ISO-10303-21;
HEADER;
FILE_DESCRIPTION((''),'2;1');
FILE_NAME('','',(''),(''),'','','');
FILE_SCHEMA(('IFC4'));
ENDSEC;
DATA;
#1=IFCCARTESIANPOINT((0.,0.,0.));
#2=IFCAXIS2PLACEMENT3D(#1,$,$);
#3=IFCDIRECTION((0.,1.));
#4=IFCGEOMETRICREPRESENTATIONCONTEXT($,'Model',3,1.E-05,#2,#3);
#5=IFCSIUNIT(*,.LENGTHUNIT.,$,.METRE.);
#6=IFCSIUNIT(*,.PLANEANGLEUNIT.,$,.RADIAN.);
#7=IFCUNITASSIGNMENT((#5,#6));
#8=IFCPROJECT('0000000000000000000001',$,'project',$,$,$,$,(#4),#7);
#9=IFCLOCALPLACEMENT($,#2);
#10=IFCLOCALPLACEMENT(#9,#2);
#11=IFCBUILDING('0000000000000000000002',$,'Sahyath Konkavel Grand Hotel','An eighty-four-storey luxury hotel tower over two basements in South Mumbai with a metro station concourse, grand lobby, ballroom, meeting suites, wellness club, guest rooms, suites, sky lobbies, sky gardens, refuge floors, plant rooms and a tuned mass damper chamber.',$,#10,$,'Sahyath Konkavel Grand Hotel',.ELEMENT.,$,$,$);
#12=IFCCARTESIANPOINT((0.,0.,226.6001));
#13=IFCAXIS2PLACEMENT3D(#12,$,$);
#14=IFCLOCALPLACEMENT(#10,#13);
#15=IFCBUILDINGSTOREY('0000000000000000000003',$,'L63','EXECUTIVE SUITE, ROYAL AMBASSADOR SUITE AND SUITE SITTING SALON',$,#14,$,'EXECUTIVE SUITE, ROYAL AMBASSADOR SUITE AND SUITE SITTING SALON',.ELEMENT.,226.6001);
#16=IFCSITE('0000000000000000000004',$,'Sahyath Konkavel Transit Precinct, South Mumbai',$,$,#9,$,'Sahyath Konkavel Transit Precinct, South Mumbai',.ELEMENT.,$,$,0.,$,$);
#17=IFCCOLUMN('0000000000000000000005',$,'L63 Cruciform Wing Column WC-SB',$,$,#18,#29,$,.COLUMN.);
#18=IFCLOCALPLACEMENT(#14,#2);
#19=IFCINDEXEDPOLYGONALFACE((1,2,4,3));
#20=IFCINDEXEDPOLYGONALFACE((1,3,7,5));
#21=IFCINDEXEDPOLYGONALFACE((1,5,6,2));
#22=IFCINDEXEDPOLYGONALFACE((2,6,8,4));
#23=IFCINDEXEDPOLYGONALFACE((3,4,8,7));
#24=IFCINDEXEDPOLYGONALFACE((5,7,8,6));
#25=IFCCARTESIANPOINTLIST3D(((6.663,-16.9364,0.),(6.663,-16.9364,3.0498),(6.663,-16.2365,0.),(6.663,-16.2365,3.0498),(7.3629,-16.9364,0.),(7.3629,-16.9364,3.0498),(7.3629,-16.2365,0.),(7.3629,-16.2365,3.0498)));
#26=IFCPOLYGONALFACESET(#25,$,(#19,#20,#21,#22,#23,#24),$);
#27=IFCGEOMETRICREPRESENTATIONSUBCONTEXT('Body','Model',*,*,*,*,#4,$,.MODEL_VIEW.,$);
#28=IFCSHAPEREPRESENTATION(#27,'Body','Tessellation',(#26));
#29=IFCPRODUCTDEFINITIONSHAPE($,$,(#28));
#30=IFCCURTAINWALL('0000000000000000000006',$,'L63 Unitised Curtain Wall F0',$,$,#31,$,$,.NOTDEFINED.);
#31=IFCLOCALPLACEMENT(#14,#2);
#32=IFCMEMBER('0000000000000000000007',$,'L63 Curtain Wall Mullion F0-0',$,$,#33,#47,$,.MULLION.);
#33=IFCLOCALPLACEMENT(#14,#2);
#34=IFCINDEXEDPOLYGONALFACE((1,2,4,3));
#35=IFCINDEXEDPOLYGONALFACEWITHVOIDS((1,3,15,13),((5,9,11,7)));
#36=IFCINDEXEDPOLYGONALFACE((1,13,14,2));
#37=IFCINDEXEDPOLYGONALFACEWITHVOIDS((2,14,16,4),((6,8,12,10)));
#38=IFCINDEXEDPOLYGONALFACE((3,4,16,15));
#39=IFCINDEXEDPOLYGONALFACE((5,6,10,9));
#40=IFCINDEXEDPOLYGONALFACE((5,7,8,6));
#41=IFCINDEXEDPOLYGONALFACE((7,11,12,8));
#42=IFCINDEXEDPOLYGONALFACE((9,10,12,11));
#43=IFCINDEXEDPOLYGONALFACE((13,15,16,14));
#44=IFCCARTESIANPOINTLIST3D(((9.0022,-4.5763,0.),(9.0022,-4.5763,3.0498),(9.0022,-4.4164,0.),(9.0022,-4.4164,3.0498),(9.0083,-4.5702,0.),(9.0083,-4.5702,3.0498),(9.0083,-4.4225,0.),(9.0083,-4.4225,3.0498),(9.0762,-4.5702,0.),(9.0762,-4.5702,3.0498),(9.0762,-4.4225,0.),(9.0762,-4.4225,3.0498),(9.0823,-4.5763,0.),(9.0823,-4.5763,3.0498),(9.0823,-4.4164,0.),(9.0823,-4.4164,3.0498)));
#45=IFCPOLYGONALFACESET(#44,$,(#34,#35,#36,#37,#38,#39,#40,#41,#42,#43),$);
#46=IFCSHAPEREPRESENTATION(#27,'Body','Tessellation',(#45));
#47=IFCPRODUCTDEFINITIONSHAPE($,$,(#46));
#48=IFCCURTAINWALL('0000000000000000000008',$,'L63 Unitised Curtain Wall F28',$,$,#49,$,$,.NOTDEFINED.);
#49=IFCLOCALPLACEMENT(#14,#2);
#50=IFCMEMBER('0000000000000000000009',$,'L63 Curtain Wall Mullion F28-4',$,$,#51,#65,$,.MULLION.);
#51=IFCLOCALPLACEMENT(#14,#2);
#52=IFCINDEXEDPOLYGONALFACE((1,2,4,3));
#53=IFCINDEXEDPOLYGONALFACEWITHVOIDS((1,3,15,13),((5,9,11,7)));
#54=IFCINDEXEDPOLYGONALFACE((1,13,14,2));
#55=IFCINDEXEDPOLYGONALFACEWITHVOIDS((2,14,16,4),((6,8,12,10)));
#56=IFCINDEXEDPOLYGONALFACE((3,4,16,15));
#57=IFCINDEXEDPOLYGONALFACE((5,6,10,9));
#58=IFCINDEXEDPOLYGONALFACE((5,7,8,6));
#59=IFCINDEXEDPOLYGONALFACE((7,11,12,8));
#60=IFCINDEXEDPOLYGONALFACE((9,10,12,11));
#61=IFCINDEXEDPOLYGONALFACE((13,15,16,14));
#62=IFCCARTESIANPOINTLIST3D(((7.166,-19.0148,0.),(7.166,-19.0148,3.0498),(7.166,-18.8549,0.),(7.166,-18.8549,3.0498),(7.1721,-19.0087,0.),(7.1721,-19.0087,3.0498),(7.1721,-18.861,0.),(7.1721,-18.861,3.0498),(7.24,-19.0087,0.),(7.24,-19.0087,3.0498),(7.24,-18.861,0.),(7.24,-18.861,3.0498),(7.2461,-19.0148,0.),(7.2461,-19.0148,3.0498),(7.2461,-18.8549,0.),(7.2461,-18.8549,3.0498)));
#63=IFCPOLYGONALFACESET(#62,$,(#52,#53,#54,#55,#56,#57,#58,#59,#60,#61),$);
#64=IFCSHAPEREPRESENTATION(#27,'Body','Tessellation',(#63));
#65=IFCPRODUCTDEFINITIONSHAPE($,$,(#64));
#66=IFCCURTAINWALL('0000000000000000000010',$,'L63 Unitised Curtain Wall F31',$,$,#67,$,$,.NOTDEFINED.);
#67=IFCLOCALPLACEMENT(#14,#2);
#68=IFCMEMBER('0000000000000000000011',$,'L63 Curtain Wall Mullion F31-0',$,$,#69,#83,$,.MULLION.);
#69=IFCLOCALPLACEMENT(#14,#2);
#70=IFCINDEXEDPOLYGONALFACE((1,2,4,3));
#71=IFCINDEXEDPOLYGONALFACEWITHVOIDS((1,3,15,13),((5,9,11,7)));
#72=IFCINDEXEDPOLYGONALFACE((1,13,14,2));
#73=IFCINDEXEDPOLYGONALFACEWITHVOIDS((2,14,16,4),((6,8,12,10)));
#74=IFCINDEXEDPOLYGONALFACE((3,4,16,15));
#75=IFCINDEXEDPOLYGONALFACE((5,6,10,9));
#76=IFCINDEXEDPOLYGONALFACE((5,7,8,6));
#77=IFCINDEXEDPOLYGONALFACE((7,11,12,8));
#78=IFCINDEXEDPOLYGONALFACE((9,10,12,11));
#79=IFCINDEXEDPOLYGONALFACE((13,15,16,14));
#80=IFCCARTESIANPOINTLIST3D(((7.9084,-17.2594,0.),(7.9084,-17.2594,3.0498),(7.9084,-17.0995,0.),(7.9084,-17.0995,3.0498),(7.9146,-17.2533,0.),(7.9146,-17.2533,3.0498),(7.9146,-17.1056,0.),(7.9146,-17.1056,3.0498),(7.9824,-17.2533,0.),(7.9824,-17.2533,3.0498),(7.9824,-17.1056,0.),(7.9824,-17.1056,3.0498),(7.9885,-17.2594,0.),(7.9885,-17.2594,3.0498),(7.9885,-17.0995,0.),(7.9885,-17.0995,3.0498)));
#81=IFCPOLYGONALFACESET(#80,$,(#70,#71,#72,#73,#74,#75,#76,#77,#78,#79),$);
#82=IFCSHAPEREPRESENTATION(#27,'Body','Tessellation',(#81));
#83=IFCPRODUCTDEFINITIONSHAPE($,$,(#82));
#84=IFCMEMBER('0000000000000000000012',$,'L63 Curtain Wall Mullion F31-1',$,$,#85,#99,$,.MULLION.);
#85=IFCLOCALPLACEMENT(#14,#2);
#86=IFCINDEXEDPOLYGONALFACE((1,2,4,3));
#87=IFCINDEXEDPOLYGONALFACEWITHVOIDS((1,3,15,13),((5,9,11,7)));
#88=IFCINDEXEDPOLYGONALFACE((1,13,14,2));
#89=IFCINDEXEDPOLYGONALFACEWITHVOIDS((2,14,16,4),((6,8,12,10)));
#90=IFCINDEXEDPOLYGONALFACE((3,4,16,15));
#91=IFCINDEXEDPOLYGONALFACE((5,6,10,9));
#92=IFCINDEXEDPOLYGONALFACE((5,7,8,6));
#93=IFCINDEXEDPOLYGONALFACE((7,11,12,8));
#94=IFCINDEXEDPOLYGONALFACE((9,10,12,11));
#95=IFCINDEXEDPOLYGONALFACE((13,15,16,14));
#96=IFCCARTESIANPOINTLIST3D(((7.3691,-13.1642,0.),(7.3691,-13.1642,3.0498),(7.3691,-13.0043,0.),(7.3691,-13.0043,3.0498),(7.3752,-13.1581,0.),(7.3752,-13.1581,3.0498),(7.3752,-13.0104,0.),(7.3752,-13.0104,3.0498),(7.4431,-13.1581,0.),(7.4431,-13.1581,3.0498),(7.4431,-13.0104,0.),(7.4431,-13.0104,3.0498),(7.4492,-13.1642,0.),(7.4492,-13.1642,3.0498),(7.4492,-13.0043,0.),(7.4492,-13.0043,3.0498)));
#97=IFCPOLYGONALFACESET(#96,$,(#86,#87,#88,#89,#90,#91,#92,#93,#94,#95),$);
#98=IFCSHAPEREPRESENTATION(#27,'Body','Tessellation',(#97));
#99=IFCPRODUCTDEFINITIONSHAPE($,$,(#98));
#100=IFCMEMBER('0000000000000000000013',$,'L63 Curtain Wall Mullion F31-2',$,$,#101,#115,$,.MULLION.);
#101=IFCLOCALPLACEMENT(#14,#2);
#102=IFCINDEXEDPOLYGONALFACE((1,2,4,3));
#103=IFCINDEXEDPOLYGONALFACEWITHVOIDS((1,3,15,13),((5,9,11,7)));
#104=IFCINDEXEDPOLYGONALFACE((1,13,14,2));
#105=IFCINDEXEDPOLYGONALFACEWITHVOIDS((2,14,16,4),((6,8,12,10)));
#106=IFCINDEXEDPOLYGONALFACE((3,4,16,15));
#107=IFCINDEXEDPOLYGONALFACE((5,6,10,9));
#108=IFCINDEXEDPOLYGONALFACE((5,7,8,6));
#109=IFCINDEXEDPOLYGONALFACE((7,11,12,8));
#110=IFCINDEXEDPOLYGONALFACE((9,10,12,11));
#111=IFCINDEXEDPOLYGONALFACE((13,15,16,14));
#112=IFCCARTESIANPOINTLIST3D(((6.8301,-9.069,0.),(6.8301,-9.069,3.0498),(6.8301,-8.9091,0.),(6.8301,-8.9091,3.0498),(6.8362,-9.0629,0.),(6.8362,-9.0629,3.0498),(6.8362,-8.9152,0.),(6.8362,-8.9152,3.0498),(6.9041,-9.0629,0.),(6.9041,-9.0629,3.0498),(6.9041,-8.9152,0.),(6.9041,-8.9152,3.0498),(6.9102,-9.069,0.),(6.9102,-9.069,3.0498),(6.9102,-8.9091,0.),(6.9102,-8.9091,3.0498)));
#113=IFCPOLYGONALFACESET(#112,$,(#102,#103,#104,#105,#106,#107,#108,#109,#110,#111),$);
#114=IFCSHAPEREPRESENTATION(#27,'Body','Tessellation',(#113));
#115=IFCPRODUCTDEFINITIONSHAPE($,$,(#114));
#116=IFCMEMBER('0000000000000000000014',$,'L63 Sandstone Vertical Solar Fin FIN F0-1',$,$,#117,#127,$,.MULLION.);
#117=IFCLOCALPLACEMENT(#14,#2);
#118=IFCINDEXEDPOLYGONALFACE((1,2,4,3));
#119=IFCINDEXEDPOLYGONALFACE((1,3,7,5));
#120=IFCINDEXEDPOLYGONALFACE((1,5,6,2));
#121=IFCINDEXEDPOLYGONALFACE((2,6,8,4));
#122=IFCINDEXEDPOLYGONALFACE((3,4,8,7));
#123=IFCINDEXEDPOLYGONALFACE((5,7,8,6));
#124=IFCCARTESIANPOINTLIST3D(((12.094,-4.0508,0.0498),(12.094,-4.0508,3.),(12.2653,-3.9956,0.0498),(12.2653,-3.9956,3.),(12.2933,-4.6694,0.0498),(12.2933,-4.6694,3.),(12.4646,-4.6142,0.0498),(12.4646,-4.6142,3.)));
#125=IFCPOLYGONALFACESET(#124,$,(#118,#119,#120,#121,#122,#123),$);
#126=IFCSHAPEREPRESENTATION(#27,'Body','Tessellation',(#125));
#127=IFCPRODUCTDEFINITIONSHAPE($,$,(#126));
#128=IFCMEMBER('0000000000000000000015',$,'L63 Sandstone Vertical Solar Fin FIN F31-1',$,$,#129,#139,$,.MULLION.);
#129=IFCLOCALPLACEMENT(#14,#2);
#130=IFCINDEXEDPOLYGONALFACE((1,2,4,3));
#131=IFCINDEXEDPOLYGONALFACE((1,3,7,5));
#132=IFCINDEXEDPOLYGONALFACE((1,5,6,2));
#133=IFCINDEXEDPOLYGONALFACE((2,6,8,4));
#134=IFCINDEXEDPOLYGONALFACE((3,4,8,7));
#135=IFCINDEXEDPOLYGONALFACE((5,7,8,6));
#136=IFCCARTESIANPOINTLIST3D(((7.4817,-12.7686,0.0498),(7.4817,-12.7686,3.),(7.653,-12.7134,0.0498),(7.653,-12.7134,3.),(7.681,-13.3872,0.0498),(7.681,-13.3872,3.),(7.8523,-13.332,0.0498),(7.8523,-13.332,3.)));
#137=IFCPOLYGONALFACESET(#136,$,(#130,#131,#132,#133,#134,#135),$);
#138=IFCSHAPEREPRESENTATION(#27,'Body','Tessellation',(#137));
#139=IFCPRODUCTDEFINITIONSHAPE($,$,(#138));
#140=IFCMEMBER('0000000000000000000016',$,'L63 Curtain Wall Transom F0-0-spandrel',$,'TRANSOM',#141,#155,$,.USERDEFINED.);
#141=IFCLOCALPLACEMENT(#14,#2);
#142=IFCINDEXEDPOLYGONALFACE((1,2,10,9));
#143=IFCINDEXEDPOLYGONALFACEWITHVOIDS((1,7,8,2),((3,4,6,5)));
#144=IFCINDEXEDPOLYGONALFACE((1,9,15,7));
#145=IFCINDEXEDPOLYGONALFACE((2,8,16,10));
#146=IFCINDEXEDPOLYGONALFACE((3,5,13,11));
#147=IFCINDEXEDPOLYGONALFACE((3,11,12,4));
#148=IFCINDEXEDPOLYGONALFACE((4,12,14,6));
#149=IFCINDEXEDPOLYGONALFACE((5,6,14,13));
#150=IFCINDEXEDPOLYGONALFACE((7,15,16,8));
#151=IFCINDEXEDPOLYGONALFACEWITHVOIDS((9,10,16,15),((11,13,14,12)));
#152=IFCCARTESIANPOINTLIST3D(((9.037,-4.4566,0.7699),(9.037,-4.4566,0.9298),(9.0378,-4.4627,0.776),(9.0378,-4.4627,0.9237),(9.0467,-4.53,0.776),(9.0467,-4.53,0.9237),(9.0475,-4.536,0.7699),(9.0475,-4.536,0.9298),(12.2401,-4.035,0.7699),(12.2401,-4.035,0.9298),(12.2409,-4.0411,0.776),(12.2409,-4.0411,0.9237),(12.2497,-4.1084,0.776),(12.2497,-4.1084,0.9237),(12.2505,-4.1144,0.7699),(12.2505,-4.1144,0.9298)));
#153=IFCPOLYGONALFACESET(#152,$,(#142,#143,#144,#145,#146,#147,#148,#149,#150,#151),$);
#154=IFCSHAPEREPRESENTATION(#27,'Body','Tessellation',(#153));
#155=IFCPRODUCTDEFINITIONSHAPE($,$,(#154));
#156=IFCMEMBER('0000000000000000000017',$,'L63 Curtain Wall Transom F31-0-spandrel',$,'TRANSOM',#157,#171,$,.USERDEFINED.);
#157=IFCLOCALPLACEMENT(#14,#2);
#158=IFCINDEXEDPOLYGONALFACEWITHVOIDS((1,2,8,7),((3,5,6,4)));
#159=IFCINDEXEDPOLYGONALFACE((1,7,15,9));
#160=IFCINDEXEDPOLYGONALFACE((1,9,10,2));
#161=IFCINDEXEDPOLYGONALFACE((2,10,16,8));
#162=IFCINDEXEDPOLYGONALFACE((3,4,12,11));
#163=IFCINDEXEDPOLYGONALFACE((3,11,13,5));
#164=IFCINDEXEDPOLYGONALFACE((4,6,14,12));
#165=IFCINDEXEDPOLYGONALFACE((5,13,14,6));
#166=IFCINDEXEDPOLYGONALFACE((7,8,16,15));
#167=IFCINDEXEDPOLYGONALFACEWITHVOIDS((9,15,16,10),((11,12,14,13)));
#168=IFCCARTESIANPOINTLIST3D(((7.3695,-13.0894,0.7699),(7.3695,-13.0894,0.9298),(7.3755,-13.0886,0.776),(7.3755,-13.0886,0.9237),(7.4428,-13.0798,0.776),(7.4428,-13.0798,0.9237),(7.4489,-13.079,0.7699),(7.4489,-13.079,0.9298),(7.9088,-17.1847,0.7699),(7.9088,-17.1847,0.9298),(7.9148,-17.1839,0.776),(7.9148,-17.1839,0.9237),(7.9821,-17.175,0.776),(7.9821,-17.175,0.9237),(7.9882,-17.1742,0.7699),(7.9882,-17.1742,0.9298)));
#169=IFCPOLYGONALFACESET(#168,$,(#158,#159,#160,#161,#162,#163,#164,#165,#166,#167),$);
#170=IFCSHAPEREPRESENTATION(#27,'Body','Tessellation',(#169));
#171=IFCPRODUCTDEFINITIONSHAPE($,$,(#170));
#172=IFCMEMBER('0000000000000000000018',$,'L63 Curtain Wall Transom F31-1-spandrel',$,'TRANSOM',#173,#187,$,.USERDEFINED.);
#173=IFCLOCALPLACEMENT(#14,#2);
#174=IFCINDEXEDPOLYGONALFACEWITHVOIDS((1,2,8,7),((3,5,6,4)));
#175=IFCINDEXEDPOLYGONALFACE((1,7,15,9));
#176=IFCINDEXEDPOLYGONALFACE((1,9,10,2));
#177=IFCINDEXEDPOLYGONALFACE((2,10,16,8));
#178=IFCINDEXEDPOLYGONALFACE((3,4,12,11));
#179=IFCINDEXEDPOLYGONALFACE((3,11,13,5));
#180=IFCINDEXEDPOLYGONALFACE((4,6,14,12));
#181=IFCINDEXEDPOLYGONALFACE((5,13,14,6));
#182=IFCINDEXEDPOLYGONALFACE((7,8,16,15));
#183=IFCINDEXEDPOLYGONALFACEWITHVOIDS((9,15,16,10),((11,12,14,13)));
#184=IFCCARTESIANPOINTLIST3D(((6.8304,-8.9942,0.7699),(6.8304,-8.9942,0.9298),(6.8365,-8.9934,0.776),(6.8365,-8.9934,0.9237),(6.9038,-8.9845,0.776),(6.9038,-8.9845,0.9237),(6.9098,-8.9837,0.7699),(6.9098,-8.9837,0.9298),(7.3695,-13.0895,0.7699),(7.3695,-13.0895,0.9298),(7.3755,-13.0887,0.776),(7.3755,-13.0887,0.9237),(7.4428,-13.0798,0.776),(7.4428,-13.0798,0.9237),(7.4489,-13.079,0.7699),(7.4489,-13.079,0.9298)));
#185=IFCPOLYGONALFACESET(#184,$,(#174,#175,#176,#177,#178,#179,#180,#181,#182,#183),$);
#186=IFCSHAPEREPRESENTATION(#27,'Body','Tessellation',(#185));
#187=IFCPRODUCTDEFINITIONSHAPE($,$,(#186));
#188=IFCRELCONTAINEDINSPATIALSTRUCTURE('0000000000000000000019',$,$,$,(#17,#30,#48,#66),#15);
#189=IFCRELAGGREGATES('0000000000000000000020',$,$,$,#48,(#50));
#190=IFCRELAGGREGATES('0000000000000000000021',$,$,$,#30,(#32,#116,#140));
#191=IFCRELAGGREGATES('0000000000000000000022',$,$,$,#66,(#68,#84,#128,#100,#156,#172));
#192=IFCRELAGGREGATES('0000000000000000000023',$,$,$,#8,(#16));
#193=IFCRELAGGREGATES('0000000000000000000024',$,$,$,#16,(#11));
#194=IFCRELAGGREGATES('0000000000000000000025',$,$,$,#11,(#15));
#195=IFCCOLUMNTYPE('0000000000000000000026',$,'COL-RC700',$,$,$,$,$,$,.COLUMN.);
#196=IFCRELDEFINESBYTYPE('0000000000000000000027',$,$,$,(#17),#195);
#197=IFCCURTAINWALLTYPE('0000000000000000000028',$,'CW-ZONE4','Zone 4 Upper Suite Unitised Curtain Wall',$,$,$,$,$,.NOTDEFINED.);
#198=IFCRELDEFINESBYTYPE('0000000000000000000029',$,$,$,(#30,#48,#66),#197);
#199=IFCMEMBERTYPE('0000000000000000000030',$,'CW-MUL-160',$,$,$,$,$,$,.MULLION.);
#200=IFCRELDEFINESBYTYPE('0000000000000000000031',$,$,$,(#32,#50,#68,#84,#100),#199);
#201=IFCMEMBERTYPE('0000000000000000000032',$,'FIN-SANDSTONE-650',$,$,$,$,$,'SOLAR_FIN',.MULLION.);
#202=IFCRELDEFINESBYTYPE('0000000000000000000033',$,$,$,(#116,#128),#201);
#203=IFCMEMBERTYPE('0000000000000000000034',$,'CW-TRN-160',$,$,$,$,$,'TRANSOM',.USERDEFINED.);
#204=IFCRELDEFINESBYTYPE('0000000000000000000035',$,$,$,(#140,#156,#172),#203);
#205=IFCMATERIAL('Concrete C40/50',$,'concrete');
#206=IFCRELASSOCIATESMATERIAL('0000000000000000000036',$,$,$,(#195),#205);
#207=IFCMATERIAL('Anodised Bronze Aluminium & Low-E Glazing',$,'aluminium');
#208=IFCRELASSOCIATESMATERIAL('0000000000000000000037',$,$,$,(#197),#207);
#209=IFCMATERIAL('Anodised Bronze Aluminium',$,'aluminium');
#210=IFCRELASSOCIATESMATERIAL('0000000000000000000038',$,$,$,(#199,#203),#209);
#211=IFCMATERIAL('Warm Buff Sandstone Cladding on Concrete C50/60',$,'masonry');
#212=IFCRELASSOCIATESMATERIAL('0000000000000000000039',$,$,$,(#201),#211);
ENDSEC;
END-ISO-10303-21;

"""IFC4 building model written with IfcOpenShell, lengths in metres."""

from ifc_helpers import new_model, si_unit, direction, frame, origin, origin_2d, place, context, subcontext, project, spatial, rectangle, hollow_rectangle, extrude, source, transform, mapped, material, material_profile, profile_set, type_object, element, aggregate, save


model = new_model("IFC4")

# Units and contexts
model_context = context("Model", 3, precision=1e-05, world=origin(), true_north=direction((0.0, 1.0)))
body_context = subcontext(model_context, "Body", "Model", "MODEL_VIEW")
ifc_project = project(units=[si_unit("LENGTHUNIT", "METRE"), si_unit("PLANEANGLEUNIT", "RADIAN")], contexts=[model_context])

# Site, building, storey
site_placement = place(None, origin())
site = spatial("IfcSite", under=ifc_project, at=site_placement, Name="Sahyath Konkavel Transit Precinct, South Mumbai", LongName="Sahyath Konkavel Transit Precinct, South Mumbai", CompositionType="ELEMENT", RefElevation=0.0)
building_placement = place(site_placement, origin())
building = spatial("IfcBuilding", under=site, at=building_placement, Name="Sahyath Konkavel Grand Hotel", Description="An eighty-four-storey luxury hotel tower over two basements in South Mumbai with a metro station concourse, grand lobby, ballroom, meeting suites, wellness club, guest rooms, suites, sky lobbies, sky gardens, refuge floors, plant rooms and a tuned mass damper chamber.", LongName="Sahyath Konkavel Grand Hotel", CompositionType="ELEMENT")
storey_placement = place(building_placement, frame((0.0, 0.0, 226.6001)))
storey = spatial("IfcBuildingStorey", under=building, at=storey_placement, Name="L63", Description="EXECUTIVE SUITE, ROYAL AMBASSADOR SUITE AND SUITE SITTING SALON", LongName="EXECUTIVE SUITE, ROYAL AMBASSADOR SUITE AND SUITE SITTING SALON", CompositionType="ELEMENT", Elevation=226.6001)

# Column
ifc_material_1 = material(Name="Concrete C40/50", Category="concrete")
ifc_material_profile_1 = material_profile(ifc_material_1, rectangle(XDim=0.7, YDim=0.7, at=origin_2d()), Name="RC 700x700")
ifc_profile_set_1 = profile_set([ifc_material_profile_1], Name="Concrete C40/50")
column_type = type_object("IfcColumnType", Name="COL-RC700", PredefinedType="COLUMN", material=ifc_profile_set_1)
shared_shape_1 = source(origin(), body_context, "Body", "SweptSolid", [
    extrude(rectangle(XDim=0.7, YDim=0.7, at=origin_2d()), origin(), (0.0, 0.0, 1.0), 3.0498),
])
column_placement = place(storey_placement, frame((7.0129, -16.5864, 0.0), z_axis=(0.0, 0.0, 1.0), x_axis=(1.0, 0.0, 0.0)))
element("IfcColumn", 1, at=column_placement, inside=storey, type_object=column_type, Name="L63 Cruciform Wing Column WC-SB", PredefinedType="COLUMN", context=body_context, shape_type="MappedRepresentation", body=[
    mapped(shared_shape_1, transform((0.0, 0.0, 0.0), scale=1.0)),
])

# Curtain walls, members
ifc_material_2 = material(Name="Anodised Bronze Aluminium & Low-E Glazing", Category="aluminium")
curtain_wall_type = type_object("IfcCurtainWallType", Name="CW-ZONE4", Description="Zone 4 Upper Suite Unitised Curtain Wall", PredefinedType="NOTDEFINED", material=ifc_material_2)
curtain_wall_1_placement = place(storey_placement, origin())
curtain_wall_1 = element("IfcCurtainWall", 2, at=curtain_wall_1_placement, inside=storey, type_object=curtain_wall_type, Name="L63 Unitised Curtain Wall F0", PredefinedType="NOTDEFINED")
ifc_material_3 = material(Name="Anodised Bronze Aluminium", Category="aluminium")
ifc_material_profile_2 = material_profile(ifc_material_3, hollow_rectangle(XDim=0.0801, YDim=0.1599, WallThickness=0.0061, at=origin_2d()), Name="RHS 160x80x6")
ifc_profile_set_2 = profile_set([ifc_material_profile_2], Name="Anodised Bronze Aluminium")
member_type_1 = type_object("IfcMemberType", Name="CW-MUL-160", PredefinedType="MULLION", material=ifc_profile_set_2)
shared_shape_2 = source(origin(), body_context, "Body", "SweptSolid", [
    extrude(hollow_rectangle(XDim=0.0801, YDim=0.1599, WallThickness=0.0061, at=origin_2d()), origin(), (0.0, 0.0, 1.0), 3.0498),
])
member_1_placement = place(storey_placement, frame((9.0422, -4.4963, 0.0), z_axis=(0.0, 0.0, 1.0), x_axis=(1.0, 0.0, 0.0)))
member_1 = element("IfcMember", 3, at=member_1_placement, type_object=member_type_1, Name="L63 Curtain Wall Mullion F0-0", PredefinedType="MULLION", context=body_context, shape_type="MappedRepresentation", body=[
    mapped(shared_shape_2, transform((0.0, 0.0, 0.0), scale=1.0)),
])
curtain_wall_2_placement = place(storey_placement, origin())
curtain_wall_2 = element("IfcCurtainWall", 4, at=curtain_wall_2_placement, inside=storey, type_object=curtain_wall_type, Name="L63 Unitised Curtain Wall F28", PredefinedType="NOTDEFINED")
member_2_placement = place(storey_placement, frame((7.2061, -18.9348, 0.0), z_axis=(0.0, 0.0, 1.0), x_axis=(1.0, 0.0, 0.0)))
member_2 = element("IfcMember", 5, at=member_2_placement, type_object=member_type_1, Name="L63 Curtain Wall Mullion F28-4", PredefinedType="MULLION", context=body_context, shape_type="MappedRepresentation", body=[
    mapped(shared_shape_2, transform((0.0, 0.0, 0.0), scale=1.0)),
])
aggregate(curtain_wall_2, [member_2])

# Curtain wall, members
curtain_wall_3_placement = place(storey_placement, origin())
curtain_wall_3 = element("IfcCurtainWall", 6, at=curtain_wall_3_placement, inside=storey, type_object=curtain_wall_type, Name="L63 Unitised Curtain Wall F31", PredefinedType="NOTDEFINED")
member_3_placement = place(storey_placement, frame((7.9485, -17.1794, 0.0), z_axis=(0.0, 0.0, 1.0), x_axis=(1.0, 0.0, 0.0)))
member_3 = element("IfcMember", 7, at=member_3_placement, type_object=member_type_1, Name="L63 Curtain Wall Mullion F31-0", PredefinedType="MULLION", context=body_context, shape_type="MappedRepresentation", body=[
    mapped(shared_shape_2, transform((0.0, 0.0, 0.0), scale=1.0)),
])
member_4_placement = place(storey_placement, frame((7.4092, -13.0842, 0.0), z_axis=(0.0, 0.0, 1.0), x_axis=(1.0, 0.0, 0.0)))
member_4 = element("IfcMember", 8, at=member_4_placement, type_object=member_type_1, Name="L63 Curtain Wall Mullion F31-1", PredefinedType="MULLION", context=body_context, shape_type="MappedRepresentation", body=[
    mapped(shared_shape_2, transform((0.0, 0.0, 0.0), scale=1.0)),
])
member_5_placement = place(storey_placement, frame((6.8701, -8.989, 0.0), z_axis=(0.0, 0.0, 1.0), x_axis=(1.0, 0.0, 0.0)))
member_5 = element("IfcMember", 9, at=member_5_placement, type_object=member_type_1, Name="L63 Curtain Wall Mullion F31-2", PredefinedType="MULLION", context=body_context, shape_type="MappedRepresentation", body=[
    mapped(shared_shape_2, transform((0.0, 0.0, 0.0), scale=1.0)),
])

# Members
ifc_material_4 = material(Name="Warm Buff Sandstone Cladding on Concrete C50/60", Category="masonry")
ifc_material_profile_3 = material_profile(ifc_material_4, rectangle(XDim=0.1799, YDim=0.6499, at=origin_2d()), Name="FIN 180x650")
ifc_profile_set_3 = profile_set([ifc_material_profile_3], Name="Warm Buff Sandstone Cladding on Concrete C50/60")
member_type_2 = type_object("IfcMemberType", Name="FIN-SANDSTONE-650", ElementType="SOLAR_FIN", PredefinedType="MULLION", material=ifc_profile_set_3)
shared_shape_3 = source(origin(), body_context, "Body", "SweptSolid", [
    extrude(rectangle(XDim=0.1799, YDim=0.6499, at=origin_2d()), origin(), (0.0, 0.0, 1.0), 2.9502),
])
member_6_placement = place(storey_placement, frame((12.2793, -4.3325, 0.0498), z_axis=(0.0, 0.0, 1.0), x_axis=(0.951809, 0.306692, 0.0)))
member_6 = element("IfcMember", 10, at=member_6_placement, type_object=member_type_2, Name="L63 Sandstone Vertical Solar Fin FIN F0-1", PredefinedType="MULLION", context=body_context, shape_type="MappedRepresentation", body=[
    mapped(shared_shape_3, transform((0.0, 0.0, 0.0), scale=1.0)),
])
member_7_placement = place(storey_placement, frame((7.667, -13.0503, 0.0498), z_axis=(0.0, 0.0, 1.0), x_axis=(0.951809, 0.306692, 0.0)))
member_7 = element("IfcMember", 11, at=member_7_placement, type_object=member_type_2, Name="L63 Sandstone Vertical Solar Fin FIN F31-1", PredefinedType="MULLION", context=body_context, shape_type="MappedRepresentation", body=[
    mapped(shared_shape_3, transform((0.0, 0.0, 0.0), scale=1.0)),
])
ifc_material_profile_4 = material_profile(ifc_material_3, hollow_rectangle(XDim=0.0801, YDim=0.1599, WallThickness=0.0061, at=origin_2d()), Name="RHS 160x80x6")
ifc_profile_set_4 = profile_set([ifc_material_profile_4], Name="Anodised Bronze Aluminium")
member_type_3 = type_object("IfcMemberType", Name="CW-TRN-160", ElementType="TRANSOM", PredefinedType="USERDEFINED", material=ifc_profile_set_4)
shared_shape_4 = source(origin(), body_context, "Body", "SweptSolid", [
    extrude(hollow_rectangle(XDim=0.0801, YDim=0.1599, WallThickness=0.0061, at=origin_2d()), origin(), (0.0, 0.0, 1.0), 3.2307),
])
member_8_placement = place(storey_placement, frame((9.0422, -4.4963, 0.8499), z_axis=(0.991448, 0.130505, 0.0), x_axis=(-0.130505, 0.991448, 0.0)))
member_8 = element("IfcMember", 12, at=member_8_placement, type_object=member_type_3, Name="L63 Curtain Wall Transom F0-0-spandrel", ObjectType="TRANSOM", PredefinedType="USERDEFINED", context=body_context, shape_type="MappedRepresentation", body=[
    mapped(shared_shape_4, transform((0.0, 0.0, 0.0), scale=1.0)),
])
shared_shape_5 = source(origin(), body_context, "Body", "SweptSolid", [
    extrude(hollow_rectangle(XDim=0.0801, YDim=0.1599, WallThickness=0.0061, at=origin_2d()), origin(), (0.0, 0.0, 1.0), 4.1306),
])
member_9_placement = place(storey_placement, frame((7.9485, -17.1794, 0.8499), z_axis=(-0.130565, 0.99144, 0.0), x_axis=(-0.99144, -0.130565, 0.0)))
member_9 = element("IfcMember", 13, at=member_9_placement, type_object=member_type_3, Name="L63 Curtain Wall Transom F31-0-spandrel", ObjectType="TRANSOM", PredefinedType="USERDEFINED", context=body_context, shape_type="MappedRepresentation", body=[
    mapped(shared_shape_5, transform((0.0, 0.0, 0.0), scale=1.0)),
])
member_10_placement = place(storey_placement, frame((7.4092, -13.0842, 0.8499), z_axis=(-0.130506, 0.991447, 0.0), x_axis=(-0.991447, -0.130506, 0.0)))
member_10 = element("IfcMember", 14, at=member_10_placement, type_object=member_type_3, Name="L63 Curtain Wall Transom F31-1-spandrel", ObjectType="TRANSOM", PredefinedType="USERDEFINED", context=body_context, shape_type="MappedRepresentation", body=[
    mapped(shared_shape_5, transform((0.0, 0.0, 0.0), scale=1.0)),
])

aggregate(curtain_wall_1, [member_1, member_6, member_8])
aggregate(curtain_wall_3, [member_3, member_4, member_7, member_5, member_9, member_10])

save(model, "model.ifc")
